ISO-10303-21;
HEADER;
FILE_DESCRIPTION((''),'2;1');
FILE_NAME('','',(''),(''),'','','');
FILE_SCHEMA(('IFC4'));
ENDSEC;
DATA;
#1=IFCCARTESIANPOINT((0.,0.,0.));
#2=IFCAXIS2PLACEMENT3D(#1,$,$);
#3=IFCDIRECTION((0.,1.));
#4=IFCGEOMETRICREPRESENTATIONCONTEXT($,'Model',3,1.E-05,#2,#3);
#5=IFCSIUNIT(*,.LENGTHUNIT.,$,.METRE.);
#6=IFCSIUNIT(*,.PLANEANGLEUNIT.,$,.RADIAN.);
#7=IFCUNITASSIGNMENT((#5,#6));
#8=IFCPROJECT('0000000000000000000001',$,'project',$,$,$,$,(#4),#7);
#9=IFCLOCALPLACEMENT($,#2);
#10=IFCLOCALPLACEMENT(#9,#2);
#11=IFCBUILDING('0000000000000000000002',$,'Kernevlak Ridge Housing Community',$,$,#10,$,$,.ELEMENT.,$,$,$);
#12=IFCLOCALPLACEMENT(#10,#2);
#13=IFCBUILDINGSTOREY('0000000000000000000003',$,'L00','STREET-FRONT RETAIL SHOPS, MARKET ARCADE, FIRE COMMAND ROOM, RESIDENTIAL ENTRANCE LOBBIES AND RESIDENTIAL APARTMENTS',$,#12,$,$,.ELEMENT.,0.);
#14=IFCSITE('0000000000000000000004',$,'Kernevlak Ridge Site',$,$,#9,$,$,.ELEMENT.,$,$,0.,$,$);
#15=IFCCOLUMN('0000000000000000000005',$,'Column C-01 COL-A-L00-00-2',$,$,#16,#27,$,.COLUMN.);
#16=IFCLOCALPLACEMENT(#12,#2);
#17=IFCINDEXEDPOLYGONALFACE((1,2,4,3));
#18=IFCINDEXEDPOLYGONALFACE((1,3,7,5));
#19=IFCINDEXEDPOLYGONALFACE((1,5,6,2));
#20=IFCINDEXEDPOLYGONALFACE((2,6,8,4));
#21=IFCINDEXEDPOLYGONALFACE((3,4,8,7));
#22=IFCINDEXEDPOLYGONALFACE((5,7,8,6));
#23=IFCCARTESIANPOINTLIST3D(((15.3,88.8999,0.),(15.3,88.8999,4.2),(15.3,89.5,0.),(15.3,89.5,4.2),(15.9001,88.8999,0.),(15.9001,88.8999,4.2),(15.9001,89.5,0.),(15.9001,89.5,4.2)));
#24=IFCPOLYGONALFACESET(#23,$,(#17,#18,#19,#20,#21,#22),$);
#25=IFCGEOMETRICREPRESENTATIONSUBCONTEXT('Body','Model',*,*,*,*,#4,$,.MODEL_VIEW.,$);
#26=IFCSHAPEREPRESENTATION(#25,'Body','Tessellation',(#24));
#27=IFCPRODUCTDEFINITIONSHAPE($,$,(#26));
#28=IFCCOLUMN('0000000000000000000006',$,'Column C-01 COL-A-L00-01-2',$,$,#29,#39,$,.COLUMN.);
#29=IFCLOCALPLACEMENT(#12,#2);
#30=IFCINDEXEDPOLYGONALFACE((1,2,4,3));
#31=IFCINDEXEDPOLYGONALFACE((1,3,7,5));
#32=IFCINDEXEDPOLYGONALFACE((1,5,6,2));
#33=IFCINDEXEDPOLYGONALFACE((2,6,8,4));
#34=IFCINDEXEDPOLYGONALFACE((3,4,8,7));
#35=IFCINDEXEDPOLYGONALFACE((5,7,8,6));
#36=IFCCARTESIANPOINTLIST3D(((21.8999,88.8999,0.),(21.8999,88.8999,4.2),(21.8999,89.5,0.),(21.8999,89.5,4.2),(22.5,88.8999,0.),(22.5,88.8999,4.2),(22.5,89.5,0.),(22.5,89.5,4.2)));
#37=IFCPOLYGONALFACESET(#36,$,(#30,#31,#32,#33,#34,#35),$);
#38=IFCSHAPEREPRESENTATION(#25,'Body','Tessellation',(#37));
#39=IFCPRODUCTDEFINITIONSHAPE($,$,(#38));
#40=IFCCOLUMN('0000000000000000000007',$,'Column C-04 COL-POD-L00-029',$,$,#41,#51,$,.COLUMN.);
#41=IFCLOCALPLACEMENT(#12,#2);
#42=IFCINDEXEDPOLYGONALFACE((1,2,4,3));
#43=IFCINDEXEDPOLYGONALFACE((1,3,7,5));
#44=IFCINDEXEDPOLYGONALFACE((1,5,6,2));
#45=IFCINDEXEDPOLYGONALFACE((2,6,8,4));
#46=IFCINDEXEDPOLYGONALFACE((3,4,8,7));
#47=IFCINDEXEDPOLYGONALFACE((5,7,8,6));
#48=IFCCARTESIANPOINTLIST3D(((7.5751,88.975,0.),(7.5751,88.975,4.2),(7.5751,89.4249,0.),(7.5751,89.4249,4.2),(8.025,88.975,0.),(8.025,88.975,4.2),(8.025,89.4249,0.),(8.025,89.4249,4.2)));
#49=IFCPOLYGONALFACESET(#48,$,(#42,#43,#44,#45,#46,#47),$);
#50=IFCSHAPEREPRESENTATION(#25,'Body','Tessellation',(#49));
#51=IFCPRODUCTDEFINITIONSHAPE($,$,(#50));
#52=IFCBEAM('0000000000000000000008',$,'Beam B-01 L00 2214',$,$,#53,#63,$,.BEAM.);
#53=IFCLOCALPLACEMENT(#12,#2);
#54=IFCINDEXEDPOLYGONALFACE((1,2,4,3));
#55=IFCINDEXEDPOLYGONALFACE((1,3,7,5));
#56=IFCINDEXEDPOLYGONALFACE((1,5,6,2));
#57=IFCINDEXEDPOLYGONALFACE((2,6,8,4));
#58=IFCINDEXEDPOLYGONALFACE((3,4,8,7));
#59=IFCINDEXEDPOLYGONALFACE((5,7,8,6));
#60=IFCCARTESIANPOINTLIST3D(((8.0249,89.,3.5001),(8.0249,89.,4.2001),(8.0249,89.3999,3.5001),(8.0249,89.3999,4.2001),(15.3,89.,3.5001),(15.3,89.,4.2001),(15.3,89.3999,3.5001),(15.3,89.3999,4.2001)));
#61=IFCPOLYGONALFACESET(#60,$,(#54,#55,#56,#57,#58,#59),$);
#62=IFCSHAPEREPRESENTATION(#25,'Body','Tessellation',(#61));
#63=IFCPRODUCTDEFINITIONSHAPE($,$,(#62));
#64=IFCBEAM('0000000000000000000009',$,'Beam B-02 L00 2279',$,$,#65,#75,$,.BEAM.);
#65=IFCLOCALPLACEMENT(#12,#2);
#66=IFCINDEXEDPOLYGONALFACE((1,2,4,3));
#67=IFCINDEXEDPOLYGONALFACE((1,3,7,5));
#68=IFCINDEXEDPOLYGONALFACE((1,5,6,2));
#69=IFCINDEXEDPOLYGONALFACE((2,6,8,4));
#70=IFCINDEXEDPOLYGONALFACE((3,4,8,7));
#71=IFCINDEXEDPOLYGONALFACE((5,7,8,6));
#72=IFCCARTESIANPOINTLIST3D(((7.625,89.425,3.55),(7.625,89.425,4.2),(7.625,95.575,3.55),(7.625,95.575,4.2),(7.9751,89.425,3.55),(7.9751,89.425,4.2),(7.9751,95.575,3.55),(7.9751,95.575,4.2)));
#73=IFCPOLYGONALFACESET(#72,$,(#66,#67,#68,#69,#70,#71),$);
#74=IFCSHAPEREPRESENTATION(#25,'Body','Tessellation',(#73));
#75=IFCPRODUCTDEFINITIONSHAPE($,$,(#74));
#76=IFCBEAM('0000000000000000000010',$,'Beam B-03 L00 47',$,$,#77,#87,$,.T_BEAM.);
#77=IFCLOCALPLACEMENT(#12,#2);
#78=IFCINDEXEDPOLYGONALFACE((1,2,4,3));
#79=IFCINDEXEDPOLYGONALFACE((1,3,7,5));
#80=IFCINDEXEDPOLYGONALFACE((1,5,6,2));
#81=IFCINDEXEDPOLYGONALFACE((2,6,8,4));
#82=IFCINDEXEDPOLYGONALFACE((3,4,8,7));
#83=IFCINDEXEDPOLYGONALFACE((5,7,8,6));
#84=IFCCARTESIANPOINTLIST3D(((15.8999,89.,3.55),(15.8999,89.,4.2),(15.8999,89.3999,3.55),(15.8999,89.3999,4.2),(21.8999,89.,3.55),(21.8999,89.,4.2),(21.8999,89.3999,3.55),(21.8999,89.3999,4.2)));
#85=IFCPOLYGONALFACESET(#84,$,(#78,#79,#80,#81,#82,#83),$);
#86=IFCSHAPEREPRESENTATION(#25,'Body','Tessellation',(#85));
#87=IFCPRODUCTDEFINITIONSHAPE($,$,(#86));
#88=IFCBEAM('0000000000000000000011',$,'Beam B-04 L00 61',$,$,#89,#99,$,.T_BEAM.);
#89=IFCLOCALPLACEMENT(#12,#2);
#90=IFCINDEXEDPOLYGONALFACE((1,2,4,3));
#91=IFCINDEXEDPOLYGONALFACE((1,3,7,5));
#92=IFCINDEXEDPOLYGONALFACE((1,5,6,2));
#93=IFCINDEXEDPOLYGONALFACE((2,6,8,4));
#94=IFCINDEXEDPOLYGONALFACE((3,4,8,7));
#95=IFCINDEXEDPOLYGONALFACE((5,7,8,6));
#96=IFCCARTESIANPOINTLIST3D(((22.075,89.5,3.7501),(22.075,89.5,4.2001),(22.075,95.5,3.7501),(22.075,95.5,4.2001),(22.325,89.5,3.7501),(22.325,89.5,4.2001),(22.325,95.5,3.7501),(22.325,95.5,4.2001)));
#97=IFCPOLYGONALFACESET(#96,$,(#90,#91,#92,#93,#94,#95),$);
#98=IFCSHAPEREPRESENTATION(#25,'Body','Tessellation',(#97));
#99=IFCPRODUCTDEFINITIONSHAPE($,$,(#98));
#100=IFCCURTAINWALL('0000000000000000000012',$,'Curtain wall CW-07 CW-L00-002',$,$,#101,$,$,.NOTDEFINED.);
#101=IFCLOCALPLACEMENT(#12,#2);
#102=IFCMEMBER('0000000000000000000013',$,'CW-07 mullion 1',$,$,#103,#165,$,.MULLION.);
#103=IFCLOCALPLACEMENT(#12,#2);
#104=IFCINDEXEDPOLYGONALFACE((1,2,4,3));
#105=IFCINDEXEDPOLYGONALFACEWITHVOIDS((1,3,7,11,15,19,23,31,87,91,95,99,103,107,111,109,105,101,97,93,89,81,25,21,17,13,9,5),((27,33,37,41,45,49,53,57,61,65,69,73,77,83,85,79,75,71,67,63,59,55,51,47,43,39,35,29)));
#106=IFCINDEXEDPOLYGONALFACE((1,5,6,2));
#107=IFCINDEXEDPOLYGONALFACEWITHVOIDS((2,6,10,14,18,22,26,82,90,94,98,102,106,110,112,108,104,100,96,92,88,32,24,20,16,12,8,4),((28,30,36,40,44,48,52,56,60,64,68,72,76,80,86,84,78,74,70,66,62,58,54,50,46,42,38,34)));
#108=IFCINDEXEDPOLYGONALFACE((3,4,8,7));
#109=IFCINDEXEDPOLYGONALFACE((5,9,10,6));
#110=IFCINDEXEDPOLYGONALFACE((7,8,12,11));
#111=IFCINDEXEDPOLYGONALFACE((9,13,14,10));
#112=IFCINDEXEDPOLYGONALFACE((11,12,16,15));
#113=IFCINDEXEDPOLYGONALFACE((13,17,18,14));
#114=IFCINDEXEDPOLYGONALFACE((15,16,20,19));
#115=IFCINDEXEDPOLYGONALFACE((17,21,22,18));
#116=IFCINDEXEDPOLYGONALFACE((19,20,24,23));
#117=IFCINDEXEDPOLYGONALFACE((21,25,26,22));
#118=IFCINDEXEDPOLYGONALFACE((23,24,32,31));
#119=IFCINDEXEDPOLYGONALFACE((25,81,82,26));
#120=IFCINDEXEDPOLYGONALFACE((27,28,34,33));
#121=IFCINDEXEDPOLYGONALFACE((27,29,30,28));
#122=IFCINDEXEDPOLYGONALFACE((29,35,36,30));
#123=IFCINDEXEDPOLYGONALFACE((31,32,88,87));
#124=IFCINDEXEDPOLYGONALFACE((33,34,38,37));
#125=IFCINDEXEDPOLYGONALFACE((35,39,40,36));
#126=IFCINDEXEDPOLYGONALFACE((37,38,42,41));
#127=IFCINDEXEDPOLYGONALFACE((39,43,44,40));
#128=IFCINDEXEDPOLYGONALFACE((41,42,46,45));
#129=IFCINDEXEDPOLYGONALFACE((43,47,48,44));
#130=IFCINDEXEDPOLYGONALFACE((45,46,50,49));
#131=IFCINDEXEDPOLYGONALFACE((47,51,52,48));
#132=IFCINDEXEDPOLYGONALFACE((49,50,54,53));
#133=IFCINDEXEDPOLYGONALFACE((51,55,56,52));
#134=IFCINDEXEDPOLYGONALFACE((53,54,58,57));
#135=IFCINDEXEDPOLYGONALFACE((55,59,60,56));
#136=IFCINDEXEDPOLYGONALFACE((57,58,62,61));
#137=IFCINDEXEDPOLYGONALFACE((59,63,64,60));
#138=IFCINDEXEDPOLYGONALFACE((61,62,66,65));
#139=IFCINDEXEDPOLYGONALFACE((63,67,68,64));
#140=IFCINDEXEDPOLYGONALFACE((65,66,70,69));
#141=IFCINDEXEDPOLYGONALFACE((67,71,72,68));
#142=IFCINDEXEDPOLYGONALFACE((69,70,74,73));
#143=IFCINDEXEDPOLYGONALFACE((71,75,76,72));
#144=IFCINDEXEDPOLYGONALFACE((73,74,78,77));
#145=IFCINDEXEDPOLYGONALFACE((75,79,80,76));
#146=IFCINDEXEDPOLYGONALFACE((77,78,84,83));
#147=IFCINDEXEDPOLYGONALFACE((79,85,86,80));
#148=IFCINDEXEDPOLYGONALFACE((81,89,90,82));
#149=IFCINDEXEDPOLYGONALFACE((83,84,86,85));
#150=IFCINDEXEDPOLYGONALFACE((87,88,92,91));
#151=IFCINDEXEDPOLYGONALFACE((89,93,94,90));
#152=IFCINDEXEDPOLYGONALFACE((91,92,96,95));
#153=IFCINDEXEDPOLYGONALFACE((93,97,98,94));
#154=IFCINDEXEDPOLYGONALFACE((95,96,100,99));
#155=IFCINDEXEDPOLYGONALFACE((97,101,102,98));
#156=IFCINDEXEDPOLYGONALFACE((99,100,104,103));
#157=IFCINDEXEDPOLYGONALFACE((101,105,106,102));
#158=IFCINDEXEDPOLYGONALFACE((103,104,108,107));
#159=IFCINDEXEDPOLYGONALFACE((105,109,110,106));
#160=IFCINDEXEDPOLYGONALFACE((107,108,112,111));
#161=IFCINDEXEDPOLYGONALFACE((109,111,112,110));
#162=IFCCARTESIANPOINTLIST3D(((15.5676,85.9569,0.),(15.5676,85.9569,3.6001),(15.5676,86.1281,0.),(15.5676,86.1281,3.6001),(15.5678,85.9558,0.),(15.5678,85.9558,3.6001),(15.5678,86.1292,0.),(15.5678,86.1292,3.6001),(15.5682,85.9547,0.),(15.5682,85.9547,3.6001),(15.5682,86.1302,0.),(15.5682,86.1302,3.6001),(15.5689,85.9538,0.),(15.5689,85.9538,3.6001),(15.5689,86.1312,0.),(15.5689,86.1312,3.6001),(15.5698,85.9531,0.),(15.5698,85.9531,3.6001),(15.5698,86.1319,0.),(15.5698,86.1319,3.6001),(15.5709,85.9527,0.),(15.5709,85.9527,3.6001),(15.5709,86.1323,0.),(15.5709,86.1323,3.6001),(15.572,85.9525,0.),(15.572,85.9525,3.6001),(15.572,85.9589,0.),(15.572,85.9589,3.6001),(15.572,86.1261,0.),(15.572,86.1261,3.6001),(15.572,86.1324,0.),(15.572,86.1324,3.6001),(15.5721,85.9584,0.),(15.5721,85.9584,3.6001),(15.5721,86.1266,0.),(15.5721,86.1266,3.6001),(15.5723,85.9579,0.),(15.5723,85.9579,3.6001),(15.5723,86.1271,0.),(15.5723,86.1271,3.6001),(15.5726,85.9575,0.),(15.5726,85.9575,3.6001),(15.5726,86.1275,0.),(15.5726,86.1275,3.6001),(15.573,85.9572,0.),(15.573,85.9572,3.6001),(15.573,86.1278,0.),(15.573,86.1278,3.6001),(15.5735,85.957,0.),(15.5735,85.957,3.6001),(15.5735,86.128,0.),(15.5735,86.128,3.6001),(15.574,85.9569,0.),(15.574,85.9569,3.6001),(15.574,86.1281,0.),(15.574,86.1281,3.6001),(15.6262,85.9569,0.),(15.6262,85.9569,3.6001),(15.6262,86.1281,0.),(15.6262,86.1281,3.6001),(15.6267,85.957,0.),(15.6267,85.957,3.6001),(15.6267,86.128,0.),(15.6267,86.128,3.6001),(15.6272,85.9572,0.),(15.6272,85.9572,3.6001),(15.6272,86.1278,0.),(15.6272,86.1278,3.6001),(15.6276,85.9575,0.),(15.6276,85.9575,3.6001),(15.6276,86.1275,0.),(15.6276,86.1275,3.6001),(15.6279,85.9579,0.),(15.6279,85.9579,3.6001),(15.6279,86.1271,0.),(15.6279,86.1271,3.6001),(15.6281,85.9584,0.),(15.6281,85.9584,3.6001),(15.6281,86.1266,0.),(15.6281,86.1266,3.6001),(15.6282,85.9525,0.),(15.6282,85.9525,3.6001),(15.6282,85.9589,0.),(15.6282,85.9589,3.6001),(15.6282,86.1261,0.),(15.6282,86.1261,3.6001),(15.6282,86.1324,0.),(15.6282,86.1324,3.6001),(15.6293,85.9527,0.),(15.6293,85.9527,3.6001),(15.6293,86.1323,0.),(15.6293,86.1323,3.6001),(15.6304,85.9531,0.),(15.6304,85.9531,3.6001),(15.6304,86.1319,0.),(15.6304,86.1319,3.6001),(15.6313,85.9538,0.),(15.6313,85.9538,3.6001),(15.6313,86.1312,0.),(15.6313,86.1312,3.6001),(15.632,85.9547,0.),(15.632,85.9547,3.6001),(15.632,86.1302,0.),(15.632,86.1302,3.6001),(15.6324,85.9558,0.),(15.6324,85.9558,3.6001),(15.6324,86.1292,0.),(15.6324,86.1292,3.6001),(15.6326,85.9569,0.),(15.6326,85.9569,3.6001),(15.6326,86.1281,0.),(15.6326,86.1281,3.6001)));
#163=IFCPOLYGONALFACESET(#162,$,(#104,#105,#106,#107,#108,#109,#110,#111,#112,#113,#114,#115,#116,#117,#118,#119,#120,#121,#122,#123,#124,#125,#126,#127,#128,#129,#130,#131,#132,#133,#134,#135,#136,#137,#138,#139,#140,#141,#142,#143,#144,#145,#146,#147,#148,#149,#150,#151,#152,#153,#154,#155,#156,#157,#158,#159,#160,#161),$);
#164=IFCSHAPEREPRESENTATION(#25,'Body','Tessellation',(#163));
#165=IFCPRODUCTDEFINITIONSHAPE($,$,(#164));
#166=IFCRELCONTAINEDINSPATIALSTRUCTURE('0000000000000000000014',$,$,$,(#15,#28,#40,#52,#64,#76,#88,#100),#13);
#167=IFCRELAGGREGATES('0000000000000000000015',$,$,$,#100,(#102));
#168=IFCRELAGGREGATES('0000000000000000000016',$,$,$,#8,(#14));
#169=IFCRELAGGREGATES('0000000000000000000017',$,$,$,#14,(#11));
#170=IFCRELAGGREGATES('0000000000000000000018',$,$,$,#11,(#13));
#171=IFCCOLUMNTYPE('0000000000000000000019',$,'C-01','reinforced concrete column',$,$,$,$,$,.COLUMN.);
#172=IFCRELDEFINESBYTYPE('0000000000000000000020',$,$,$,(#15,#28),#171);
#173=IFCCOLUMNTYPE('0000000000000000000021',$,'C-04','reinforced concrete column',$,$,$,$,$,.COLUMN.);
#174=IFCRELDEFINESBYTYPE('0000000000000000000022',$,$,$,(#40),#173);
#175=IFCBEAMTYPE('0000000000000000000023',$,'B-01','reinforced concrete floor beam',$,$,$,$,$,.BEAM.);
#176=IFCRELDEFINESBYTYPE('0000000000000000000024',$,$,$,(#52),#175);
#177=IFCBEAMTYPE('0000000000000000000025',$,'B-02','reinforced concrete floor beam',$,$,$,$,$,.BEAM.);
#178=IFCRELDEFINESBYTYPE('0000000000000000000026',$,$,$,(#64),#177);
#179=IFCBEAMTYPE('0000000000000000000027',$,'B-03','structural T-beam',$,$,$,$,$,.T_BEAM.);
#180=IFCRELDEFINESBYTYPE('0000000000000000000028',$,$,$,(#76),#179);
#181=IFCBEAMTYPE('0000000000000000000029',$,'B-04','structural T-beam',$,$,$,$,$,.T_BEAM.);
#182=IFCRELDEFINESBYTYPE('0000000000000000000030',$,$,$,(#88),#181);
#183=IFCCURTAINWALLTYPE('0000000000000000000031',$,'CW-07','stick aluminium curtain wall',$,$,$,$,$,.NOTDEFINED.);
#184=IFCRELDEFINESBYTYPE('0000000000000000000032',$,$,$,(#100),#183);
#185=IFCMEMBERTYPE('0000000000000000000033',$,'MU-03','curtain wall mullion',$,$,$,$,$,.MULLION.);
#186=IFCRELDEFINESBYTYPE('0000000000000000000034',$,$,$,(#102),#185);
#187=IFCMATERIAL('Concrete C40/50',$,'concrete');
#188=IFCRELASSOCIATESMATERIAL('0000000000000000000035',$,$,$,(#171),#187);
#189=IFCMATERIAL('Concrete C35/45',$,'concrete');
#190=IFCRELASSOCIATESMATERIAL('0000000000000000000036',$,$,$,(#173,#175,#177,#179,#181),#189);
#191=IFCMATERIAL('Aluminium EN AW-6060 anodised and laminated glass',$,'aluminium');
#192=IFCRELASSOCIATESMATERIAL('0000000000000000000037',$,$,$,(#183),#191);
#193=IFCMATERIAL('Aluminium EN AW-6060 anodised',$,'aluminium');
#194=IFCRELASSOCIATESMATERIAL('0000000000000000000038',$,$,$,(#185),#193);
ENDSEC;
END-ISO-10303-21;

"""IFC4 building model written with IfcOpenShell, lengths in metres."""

from ifc_helpers import new_model, si_unit, direction, frame, origin, origin_2d, place, context, subcontext, project, spatial, rectangle, hollow_rectangle, extrude, material, material_profile, profile_set, type_object, element, aggregate, save


model = new_model("IFC4")

# Units and contexts
model_context = context("Model", 3, precision=1e-05, world=origin(), true_north=direction((0.0, 1.0)))
body_context = subcontext(model_context, "Body", "Model", "MODEL_VIEW")
ifc_project = project(units=[si_unit("LENGTHUNIT", "METRE"), si_unit("PLANEANGLEUNIT", "RADIAN")], contexts=[model_context])

# Site, building, storey
site_placement = place(None, origin())
site = spatial("IfcSite", under=ifc_project, at=site_placement, Name="Kernevlak Ridge Site", CompositionType="ELEMENT", RefElevation=0.0)
building_placement = place(site_placement, origin())
building = spatial("IfcBuilding", under=site, at=building_placement, Name="Kernevlak Ridge Housing Community", CompositionType="ELEMENT")
storey_placement = place(building_placement, origin())
storey = spatial("IfcBuildingStorey", under=building, at=storey_placement, Name="L00", Description="STREET-FRONT RETAIL SHOPS, MARKET ARCADE, FIRE COMMAND ROOM, RESIDENTIAL ENTRANCE LOBBIES AND RESIDENTIAL APARTMENTS", CompositionType="ELEMENT", Elevation=0.0)

# Columns
ifc_material_1 = material(Name="Concrete C40/50", Category="concrete")
ifc_material_profile_1 = material_profile(ifc_material_1, rectangle(XDim=0.6001, YDim=0.6001, at=origin_2d()), Name="RC 600x600")
ifc_profile_set_1 = profile_set([ifc_material_profile_1], Name="Concrete C40/50")
column_type_1 = type_object("IfcColumnType", Name="C-01", Description="reinforced concrete column", PredefinedType="COLUMN", material=ifc_profile_set_1)
for number, where, z_axis, x_axis, name in (
    (1, (15.6001, 89.2, 0.0), (0.0, 0.0, 1.0), (1.0, 0.0, 0.0), "Column C-01 COL-A-L00-00-2"),
    (2, (22.2, 89.2, 0.0), (0.0, 0.0, 1.0), (1.0, 0.0, 0.0), "Column C-01 COL-A-L00-01-2"),
):
    element("IfcColumn", number, at=place(storey_placement, frame(where, z_axis=z_axis, x_axis=x_axis)), inside=storey, type_object=column_type_1, Name=name, PredefinedType="COLUMN", context=body_context, shape_type="SweptSolid", body=[
        extrude(rectangle(XDim=0.6001, YDim=0.6001, at=origin_2d()), origin(), (0.0, 0.0, 1.0), 4.2),
    ])
ifc_material_2 = material(Name="Concrete C35/45", Category="concrete")
ifc_material_profile_2 = material_profile(ifc_material_2, rectangle(XDim=0.45, YDim=0.45, at=origin_2d()), Name="RC 450x450")
ifc_profile_set_2 = profile_set([ifc_material_profile_2], Name="Concrete C35/45")
column_type_2 = type_object("IfcColumnType", Name="C-04", Description="reinforced concrete column", PredefinedType="COLUMN", material=ifc_profile_set_2)
column_placement = place(storey_placement, frame((7.8, 89.2, 0.0), z_axis=(0.0, 0.0, 1.0), x_axis=(1.0, 0.0, 0.0)))
element("IfcColumn", 3, at=column_placement, inside=storey, type_object=column_type_2, Name="Column C-04 COL-POD-L00-029", PredefinedType="COLUMN", context=body_context, shape_type="SweptSolid", body=[
    extrude(rectangle(XDim=0.45, YDim=0.45, at=origin_2d()), origin(), (0.0, 0.0, 1.0), 4.2),
])

# Beams
ifc_material_profile_3 = material_profile(ifc_material_2, rectangle(XDim=0.3999, YDim=0.7, at=origin_2d()), Name="RC 400x700")
ifc_profile_set_3 = profile_set([ifc_material_profile_3], Name="Concrete C35/45")
beam_type_1 = type_object("IfcBeamType", Name="B-01", Description="reinforced concrete floor beam", PredefinedType="BEAM", material=ifc_profile_set_3)
beam_1_placement = place(storey_placement, frame((8.0249, 89.2, 3.8501), z_axis=(1.0, 0.0, 0.0), x_axis=(0.0, 1.0, 0.0)))
element("IfcBeam", 4, at=beam_1_placement, inside=storey, type_object=beam_type_1, Name="Beam B-01 L00 2214", PredefinedType="BEAM", context=body_context, shape_type="SweptSolid", body=[
    extrude(rectangle(XDim=0.3999, YDim=0.7, at=origin_2d()), origin(), (0.0, 0.0, 1.0), 7.2751),
])
ifc_material_profile_4 = material_profile(ifc_material_2, rectangle(XDim=0.3501, YDim=0.6499, at=origin_2d()), Name="RC 350x650")
ifc_profile_set_4 = profile_set([ifc_material_profile_4], Name="Concrete C35/45")
beam_type_2 = type_object("IfcBeamType", Name="B-02", Description="reinforced concrete floor beam", PredefinedType="BEAM", material=ifc_profile_set_4)
beam_2_placement = place(storey_placement, frame((7.8, 89.425, 3.875), z_axis=(0.0, 1.0, 0.0), x_axis=(-1.0, 0.0, 0.0)))
element("IfcBeam", 5, at=beam_2_placement, inside=storey, type_object=beam_type_2, Name="Beam B-02 L00 2279", PredefinedType="BEAM", context=body_context, shape_type="SweptSolid", body=[
    extrude(rectangle(XDim=0.3501, YDim=0.6499, at=origin_2d()), origin(), (0.0, 0.0, 1.0), 6.1499),
])
ifc_material_profile_5 = material_profile(ifc_material_2, rectangle(XDim=0.3999, YDim=0.6499, at=origin_2d()), Name="RC 400x650")
ifc_profile_set_5 = profile_set([ifc_material_profile_5], Name="Concrete C35/45")
beam_type_3 = type_object("IfcBeamType", Name="B-03", Description="structural T-beam", PredefinedType="T_BEAM", material=ifc_profile_set_5)
beam_3_placement = place(storey_placement, frame((15.8999, 89.2, 3.875), z_axis=(1.0, 0.0, 0.0), x_axis=(0.0, 1.0, 0.0)))
element("IfcBeam", 6, at=beam_3_placement, inside=storey, type_object=beam_type_3, Name="Beam B-03 L00 47", PredefinedType="T_BEAM", context=body_context, shape_type="SweptSolid", body=[
    extrude(rectangle(XDim=0.3999, YDim=0.6499, at=origin_2d()), origin(), (0.0, 0.0, 1.0), 6.0),
])
ifc_material_profile_6 = material_profile(ifc_material_2, rectangle(XDim=0.25, YDim=0.45, at=origin_2d()), Name="RC 250x450")
ifc_profile_set_6 = profile_set([ifc_material_profile_6], Name="Concrete C35/45")
beam_type_4 = type_object("IfcBeamType", Name="B-04", Description="structural T-beam", PredefinedType="T_BEAM", material=ifc_profile_set_6)
beam_4_placement = place(storey_placement, frame((22.2, 89.5, 3.9751), z_axis=(0.0, 1.0, 0.0), x_axis=(-1.0, 0.0, 0.0)))
element("IfcBeam", 7, at=beam_4_placement, inside=storey, type_object=beam_type_4, Name="Beam B-04 L00 61", PredefinedType="T_BEAM", context=body_context, shape_type="SweptSolid", body=[
    extrude(rectangle(XDim=0.25, YDim=0.45, at=origin_2d()), origin(), (0.0, 0.0, 1.0), 6.0),
])

# Curtain wall, member
ifc_material_3 = material(Name="Aluminium EN AW-6060 anodised and laminated glass", Category="aluminium")
curtain_wall_type = type_object("IfcCurtainWallType", Name="CW-07", Description="stick aluminium curtain wall", PredefinedType="NOTDEFINED", material=ifc_material_3)
curtain_wall_placement = place(storey_placement, origin())
curtain_wall = element("IfcCurtainWall", 8, at=curtain_wall_placement, inside=storey, type_object=curtain_wall_type, Name="Curtain wall CW-07 CW-L00-002", PredefinedType="NOTDEFINED")
ifc_material_4 = material(Name="Aluminium EN AW-6060 anodised", Category="aluminium")
ifc_material_profile_7 = material_profile(ifc_material_4, hollow_rectangle(XDim=0.0649, YDim=0.1799, WallThickness=0.0044, InnerFilletRadius=0.002, OuterFilletRadius=0.0044, at=origin_2d()), Name="ALU 65x180x4.5")
ifc_profile_set_7 = profile_set([ifc_material_profile_7], Name="Aluminium EN AW-6060 anodised")
member_type_1 = type_object("IfcMemberType", Name="MU-03", Description="curtain wall mullion", PredefinedType="MULLION", material=ifc_profile_set_7)
member_1_placement = place(storey_placement, frame((15.6001, 86.0425, 0.0), z_axis=(0.0, 0.0, 1.0), x_axis=(-1.0, 0.0, 0.0)))
member_1 = element("IfcMember", 9, at=member_1_placement, type_object=member_type_1, Name="CW-07 mullion 1", PredefinedType="MULLION", context=body_context, shape_type="SweptSolid", body=[
    extrude(hollow_rectangle(XDim=0.0649, YDim=0.1799, WallThickness=0.0044, InnerFilletRadius=0.002, OuterFilletRadius=0.0044, at=origin_2d()), origin(), (0.0, 0.0, 1.0), 3.6001),
])

aggregate(curtain_wall, [member_1])

save(model, "model.ifc")
